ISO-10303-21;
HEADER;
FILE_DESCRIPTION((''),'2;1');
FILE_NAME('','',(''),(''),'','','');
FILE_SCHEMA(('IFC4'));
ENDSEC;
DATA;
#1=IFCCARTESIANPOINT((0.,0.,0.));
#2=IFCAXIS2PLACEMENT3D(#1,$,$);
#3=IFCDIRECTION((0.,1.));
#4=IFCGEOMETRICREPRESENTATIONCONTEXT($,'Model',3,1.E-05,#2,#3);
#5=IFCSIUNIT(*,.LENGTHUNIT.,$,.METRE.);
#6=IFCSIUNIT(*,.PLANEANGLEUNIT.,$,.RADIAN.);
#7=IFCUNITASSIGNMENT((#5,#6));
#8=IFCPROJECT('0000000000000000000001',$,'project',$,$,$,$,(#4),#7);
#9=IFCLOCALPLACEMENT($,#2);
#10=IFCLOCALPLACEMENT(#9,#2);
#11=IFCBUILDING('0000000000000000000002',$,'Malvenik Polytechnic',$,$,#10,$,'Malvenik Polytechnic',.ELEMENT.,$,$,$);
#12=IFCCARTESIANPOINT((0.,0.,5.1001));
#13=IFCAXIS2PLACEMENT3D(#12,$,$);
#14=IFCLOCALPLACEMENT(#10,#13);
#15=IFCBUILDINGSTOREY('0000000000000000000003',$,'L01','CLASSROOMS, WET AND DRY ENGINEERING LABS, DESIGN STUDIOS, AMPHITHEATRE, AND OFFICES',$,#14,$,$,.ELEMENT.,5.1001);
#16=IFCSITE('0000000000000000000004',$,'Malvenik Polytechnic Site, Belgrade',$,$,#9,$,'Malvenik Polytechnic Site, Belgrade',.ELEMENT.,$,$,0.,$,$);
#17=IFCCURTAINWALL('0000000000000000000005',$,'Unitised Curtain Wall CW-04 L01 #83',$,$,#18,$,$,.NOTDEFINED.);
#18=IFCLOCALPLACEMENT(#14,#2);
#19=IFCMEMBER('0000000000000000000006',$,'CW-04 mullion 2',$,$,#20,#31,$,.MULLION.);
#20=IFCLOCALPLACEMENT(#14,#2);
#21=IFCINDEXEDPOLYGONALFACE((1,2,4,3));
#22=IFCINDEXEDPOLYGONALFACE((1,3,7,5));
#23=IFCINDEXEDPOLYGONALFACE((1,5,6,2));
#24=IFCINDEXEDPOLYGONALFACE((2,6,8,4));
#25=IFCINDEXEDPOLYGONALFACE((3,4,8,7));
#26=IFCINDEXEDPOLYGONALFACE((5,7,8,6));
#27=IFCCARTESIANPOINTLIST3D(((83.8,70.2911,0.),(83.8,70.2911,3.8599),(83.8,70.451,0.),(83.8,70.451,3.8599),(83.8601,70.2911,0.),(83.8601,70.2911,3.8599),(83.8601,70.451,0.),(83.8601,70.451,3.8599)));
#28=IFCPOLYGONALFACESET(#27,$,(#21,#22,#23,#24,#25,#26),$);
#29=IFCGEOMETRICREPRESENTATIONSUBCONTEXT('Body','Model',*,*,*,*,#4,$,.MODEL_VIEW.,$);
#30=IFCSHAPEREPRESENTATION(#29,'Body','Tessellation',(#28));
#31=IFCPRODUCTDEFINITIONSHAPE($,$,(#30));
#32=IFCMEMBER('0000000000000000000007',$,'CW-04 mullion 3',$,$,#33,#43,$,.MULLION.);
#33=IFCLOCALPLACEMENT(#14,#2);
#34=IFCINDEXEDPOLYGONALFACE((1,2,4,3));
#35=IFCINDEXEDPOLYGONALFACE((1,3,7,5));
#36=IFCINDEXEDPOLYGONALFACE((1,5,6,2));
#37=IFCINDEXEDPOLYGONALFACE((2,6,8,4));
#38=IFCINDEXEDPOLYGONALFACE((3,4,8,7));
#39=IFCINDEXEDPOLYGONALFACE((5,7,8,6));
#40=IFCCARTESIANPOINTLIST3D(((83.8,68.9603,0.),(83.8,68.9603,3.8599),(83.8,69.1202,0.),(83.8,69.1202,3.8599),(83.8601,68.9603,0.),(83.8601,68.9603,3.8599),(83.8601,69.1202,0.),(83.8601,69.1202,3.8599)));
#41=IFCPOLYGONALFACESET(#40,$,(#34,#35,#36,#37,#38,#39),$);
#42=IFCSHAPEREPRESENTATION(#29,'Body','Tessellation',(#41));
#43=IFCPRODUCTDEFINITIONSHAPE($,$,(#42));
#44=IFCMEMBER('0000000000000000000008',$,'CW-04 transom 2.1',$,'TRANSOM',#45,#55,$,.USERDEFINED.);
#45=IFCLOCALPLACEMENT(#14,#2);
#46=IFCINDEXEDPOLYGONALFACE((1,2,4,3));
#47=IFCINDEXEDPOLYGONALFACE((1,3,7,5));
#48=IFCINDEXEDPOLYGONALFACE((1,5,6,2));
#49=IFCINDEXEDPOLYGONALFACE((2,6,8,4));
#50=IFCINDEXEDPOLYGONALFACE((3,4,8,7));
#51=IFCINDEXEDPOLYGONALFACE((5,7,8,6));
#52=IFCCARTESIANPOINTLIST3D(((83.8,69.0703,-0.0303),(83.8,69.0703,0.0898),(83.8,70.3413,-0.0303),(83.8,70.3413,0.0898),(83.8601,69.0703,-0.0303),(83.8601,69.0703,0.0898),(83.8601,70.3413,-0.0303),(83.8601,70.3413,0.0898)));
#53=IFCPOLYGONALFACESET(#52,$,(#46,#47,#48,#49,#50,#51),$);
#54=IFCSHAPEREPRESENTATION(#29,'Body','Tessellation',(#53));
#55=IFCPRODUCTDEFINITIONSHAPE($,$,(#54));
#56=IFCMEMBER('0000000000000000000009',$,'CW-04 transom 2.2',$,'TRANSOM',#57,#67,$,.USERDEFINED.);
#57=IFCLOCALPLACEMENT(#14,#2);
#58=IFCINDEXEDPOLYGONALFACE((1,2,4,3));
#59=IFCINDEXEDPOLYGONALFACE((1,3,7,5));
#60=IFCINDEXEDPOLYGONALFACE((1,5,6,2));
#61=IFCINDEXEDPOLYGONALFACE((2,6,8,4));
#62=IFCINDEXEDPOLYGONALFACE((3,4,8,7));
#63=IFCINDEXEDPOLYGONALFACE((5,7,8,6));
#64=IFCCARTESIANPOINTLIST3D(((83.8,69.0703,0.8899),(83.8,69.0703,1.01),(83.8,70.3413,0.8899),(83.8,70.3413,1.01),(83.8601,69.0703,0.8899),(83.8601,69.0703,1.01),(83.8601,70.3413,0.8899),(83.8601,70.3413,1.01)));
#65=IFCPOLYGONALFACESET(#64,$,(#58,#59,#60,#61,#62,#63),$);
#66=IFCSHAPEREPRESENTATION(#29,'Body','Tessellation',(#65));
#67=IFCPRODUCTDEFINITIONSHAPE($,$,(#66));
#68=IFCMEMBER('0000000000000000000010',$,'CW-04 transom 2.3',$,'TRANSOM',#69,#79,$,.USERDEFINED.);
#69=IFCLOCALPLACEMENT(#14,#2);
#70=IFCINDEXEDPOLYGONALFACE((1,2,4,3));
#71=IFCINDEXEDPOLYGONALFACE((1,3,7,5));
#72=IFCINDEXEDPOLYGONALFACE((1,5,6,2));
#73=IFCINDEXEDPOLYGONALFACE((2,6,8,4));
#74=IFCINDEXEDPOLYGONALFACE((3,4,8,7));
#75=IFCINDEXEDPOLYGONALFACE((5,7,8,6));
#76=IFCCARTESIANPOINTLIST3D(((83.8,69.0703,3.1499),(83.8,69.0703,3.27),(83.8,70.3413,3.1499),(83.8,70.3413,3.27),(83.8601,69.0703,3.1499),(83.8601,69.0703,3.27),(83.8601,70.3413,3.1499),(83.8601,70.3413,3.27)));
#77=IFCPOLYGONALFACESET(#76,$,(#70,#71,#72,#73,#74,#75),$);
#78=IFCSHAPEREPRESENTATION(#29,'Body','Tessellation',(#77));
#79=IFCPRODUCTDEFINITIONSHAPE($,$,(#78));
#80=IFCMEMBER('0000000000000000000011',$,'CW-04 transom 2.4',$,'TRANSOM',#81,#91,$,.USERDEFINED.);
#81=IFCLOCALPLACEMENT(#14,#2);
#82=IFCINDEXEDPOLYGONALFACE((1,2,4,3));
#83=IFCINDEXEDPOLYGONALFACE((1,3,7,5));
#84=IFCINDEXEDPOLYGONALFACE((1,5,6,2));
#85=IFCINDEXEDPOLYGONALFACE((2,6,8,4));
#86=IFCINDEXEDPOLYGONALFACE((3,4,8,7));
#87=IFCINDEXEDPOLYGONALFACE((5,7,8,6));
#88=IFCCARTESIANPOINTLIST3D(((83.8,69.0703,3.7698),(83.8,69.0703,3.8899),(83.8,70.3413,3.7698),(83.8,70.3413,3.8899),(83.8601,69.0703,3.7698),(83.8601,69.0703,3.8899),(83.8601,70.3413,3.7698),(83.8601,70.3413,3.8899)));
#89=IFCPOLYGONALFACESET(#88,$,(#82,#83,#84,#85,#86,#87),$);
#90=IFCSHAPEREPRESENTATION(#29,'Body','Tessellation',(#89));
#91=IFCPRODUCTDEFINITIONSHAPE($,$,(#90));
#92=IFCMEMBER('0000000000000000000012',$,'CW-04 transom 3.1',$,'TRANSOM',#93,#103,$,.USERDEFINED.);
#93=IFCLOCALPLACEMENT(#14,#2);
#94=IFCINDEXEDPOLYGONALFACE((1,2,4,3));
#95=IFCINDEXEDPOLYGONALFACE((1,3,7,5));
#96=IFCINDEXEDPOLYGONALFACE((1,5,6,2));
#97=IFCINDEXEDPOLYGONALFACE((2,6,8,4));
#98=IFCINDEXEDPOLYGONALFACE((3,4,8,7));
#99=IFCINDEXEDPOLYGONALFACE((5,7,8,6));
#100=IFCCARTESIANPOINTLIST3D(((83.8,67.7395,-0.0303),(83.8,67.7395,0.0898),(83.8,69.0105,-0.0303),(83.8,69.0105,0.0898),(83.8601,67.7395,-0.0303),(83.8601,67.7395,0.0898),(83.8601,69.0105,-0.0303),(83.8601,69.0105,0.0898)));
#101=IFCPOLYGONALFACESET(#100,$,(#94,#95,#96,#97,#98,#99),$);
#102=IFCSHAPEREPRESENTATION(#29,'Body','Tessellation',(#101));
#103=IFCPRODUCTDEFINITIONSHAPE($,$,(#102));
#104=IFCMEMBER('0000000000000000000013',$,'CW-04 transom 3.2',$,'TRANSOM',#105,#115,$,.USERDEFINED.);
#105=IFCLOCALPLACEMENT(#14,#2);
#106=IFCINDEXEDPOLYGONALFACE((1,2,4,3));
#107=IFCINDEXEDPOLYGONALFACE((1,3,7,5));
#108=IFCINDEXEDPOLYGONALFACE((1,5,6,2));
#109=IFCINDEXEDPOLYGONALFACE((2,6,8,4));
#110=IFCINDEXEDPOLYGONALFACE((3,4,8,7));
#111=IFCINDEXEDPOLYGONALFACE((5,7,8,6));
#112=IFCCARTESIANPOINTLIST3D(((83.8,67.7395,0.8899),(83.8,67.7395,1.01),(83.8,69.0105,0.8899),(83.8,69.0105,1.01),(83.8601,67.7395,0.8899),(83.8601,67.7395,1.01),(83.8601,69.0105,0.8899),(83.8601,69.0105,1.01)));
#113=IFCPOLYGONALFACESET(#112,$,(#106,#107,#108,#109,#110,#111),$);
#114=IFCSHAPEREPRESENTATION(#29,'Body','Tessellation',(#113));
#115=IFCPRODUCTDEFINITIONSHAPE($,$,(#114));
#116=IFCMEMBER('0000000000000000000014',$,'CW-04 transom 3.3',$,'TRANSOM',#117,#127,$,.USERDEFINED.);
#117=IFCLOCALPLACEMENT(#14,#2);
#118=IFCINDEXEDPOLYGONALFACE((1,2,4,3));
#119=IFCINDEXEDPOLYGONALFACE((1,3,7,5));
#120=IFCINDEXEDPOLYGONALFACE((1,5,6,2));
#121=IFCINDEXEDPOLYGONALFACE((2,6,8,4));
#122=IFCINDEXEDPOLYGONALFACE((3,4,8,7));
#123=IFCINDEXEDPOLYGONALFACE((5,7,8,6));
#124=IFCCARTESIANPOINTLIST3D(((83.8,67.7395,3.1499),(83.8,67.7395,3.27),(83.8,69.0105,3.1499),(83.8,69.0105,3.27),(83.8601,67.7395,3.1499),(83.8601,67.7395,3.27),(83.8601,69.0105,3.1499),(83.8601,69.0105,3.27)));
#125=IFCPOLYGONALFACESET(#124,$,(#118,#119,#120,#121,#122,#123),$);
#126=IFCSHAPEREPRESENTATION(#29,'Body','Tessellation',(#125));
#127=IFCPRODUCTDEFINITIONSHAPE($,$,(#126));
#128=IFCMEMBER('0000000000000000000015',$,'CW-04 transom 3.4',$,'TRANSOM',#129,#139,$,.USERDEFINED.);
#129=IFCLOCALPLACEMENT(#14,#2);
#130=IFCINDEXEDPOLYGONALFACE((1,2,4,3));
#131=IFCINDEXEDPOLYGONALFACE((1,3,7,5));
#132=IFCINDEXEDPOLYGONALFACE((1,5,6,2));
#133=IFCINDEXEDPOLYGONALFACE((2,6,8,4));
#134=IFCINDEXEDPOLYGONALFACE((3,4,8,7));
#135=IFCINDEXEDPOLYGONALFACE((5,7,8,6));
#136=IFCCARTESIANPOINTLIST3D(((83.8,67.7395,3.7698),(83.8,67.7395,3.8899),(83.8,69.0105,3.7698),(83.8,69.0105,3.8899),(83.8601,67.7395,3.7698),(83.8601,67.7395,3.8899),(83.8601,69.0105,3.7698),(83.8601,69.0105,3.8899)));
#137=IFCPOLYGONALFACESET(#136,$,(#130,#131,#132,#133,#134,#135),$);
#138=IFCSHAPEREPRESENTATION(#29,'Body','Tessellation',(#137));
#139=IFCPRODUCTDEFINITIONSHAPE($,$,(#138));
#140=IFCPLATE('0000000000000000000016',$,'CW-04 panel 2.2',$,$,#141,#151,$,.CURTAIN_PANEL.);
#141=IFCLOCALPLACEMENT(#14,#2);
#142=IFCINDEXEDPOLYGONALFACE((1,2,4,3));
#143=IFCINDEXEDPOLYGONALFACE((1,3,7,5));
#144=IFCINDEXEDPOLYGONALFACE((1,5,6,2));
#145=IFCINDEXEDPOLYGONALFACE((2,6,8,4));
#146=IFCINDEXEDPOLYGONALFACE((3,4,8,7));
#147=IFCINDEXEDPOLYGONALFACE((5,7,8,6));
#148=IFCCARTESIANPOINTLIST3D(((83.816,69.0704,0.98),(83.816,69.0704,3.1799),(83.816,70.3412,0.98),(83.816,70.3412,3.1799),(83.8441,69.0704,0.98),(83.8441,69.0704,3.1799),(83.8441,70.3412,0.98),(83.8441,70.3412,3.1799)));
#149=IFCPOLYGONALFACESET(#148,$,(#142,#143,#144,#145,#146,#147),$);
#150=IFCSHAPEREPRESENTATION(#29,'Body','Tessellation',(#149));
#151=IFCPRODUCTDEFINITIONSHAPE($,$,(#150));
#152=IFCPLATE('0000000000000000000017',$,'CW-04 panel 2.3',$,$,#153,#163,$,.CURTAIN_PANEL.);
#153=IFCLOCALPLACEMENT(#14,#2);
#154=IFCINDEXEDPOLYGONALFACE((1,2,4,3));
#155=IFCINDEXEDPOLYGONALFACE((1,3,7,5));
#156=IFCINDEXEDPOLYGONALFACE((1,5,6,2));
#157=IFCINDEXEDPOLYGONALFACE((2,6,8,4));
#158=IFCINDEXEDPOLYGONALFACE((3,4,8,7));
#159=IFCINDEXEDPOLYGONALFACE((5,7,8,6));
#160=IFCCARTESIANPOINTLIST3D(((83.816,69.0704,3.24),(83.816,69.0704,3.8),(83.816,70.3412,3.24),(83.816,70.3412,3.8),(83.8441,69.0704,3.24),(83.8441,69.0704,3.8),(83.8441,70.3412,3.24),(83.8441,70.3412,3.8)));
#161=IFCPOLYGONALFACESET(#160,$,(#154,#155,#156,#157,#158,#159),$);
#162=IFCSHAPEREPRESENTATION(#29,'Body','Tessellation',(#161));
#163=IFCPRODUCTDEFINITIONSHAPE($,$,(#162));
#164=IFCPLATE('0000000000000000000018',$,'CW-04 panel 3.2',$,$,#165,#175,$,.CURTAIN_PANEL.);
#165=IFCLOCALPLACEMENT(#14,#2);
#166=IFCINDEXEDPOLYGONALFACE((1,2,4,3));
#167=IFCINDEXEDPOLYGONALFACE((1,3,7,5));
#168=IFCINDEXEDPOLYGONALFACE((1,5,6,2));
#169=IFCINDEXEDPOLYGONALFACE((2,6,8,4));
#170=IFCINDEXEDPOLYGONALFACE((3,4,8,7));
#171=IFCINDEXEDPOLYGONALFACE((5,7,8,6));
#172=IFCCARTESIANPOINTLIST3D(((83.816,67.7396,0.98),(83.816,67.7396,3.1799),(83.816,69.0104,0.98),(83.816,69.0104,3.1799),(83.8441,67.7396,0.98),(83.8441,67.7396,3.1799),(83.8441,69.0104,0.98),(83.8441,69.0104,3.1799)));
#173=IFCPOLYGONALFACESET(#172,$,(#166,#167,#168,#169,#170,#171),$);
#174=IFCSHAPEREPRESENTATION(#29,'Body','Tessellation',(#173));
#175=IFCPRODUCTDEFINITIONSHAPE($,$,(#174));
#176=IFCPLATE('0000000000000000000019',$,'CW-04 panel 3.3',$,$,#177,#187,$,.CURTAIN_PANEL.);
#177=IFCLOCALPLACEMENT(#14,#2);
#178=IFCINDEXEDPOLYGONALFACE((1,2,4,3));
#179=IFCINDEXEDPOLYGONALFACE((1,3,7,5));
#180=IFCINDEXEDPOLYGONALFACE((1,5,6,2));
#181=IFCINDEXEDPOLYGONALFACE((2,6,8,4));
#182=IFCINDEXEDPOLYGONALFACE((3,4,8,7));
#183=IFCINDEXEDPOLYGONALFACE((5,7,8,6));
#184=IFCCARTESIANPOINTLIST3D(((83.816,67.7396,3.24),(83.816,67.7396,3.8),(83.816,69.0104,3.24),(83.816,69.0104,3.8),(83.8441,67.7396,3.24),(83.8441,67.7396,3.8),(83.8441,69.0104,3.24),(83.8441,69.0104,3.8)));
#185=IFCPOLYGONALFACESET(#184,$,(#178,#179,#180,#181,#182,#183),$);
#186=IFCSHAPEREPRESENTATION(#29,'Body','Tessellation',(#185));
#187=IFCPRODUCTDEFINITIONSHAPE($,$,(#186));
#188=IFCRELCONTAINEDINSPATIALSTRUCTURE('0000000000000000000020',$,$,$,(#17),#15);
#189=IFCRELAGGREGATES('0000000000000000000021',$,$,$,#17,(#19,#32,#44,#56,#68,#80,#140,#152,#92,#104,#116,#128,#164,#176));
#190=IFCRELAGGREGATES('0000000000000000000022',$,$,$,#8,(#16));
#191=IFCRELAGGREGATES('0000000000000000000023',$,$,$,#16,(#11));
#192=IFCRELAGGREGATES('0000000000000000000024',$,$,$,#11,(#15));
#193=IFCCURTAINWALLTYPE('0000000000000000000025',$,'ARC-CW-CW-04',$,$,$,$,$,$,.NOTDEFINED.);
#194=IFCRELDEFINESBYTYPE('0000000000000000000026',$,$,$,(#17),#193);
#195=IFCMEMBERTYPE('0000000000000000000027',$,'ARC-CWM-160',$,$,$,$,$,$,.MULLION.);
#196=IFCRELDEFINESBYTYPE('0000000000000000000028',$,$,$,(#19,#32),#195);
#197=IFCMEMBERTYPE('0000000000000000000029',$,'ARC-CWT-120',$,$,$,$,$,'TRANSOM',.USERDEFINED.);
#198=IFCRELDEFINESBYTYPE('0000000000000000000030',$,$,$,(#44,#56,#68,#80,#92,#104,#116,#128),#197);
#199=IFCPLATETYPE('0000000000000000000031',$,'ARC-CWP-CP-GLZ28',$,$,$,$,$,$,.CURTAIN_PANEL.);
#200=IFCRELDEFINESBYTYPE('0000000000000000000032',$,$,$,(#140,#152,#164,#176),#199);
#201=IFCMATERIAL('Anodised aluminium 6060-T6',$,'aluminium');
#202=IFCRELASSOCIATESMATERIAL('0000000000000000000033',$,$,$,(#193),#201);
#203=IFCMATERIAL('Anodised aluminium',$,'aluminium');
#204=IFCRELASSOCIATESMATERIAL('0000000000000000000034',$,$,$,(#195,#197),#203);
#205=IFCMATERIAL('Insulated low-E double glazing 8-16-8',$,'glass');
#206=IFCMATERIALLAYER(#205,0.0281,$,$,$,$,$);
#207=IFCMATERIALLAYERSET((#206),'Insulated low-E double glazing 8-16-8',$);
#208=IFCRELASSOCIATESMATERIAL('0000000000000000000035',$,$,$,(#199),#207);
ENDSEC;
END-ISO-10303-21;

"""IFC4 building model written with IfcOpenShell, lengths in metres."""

from ifc_helpers import new_model, si_unit, direction, frame, origin, origin_2d, place, context, subcontext, project, spatial, rectangle, extrude, material, layer, layer_set, material_profile, profile_set, type_object, element, aggregate, save


model = new_model("IFC4")

# Units and contexts
model_context = context("Model", 3, precision=1e-05, world=origin(), true_north=direction((0.0, 1.0)))
body_context = subcontext(model_context, "Body", "Model", "MODEL_VIEW")
ifc_project = project(units=[si_unit("LENGTHUNIT", "METRE"), si_unit("PLANEANGLEUNIT", "RADIAN")], contexts=[model_context])

# Site, building, storey
site_placement = place(None, origin())
site = spatial("IfcSite", under=ifc_project, at=site_placement, Name="Malvenik Polytechnic Site, Belgrade", LongName="Malvenik Polytechnic Site, Belgrade", CompositionType="ELEMENT", RefElevation=0.0)
building_placement = place(site_placement, origin())
building = spatial("IfcBuilding", under=site, at=building_placement, Name="Malvenik Polytechnic", LongName="Malvenik Polytechnic", CompositionType="ELEMENT")
storey_placement = place(building_placement, frame((0.0, 0.0, 5.1001)))
storey = spatial("IfcBuildingStorey", under=building, at=storey_placement, Name="L01", Description="CLASSROOMS, WET AND DRY ENGINEERING LABS, DESIGN STUDIOS, AMPHITHEATRE, AND OFFICES", CompositionType="ELEMENT", Elevation=5.1001)

# Curtain wall, members, plates
ifc_material_1 = material(Name="Anodised aluminium 6060-T6", Category="aluminium")
curtain_wall_type = type_object("IfcCurtainWallType", Name="ARC-CW-CW-04", PredefinedType="NOTDEFINED", material=ifc_material_1)
curtain_wall_placement = place(storey_placement, origin())
curtain_wall = element("IfcCurtainWall", 1, at=curtain_wall_placement, inside=storey, type_object=curtain_wall_type, Name="Unitised Curtain Wall CW-04 L01 #83", PredefinedType="NOTDEFINED")
ifc_material_2 = material(Name="Anodised aluminium", Category="aluminium")
ifc_material_profile_1 = material_profile(ifc_material_2, rectangle(XDim=0.0601, YDim=0.1599, at=origin_2d()), Name="ALU MULLION 60x160")
ifc_profile_set_1 = profile_set([ifc_material_profile_1], Name="Anodised aluminium")
member_type_1 = type_object("IfcMemberType", Name="ARC-CWM-160", PredefinedType="MULLION", material=ifc_profile_set_1)
member_1_placement = place(storey_placement, frame((83.8301, 70.3711, 0.0), z_axis=(0.0, 0.0, 1.0), x_axis=(1.0, 0.0, 0.0)))
member_1 = element("IfcMember", 2, at=member_1_placement, type_object=member_type_1, Name="CW-04 mullion 2", PredefinedType="MULLION", context=body_context, shape_type="SweptSolid", body=[
    extrude(rectangle(XDim=0.0601, YDim=0.1599, at=origin_2d()), origin(), (0.0, 0.0, 1.0), 3.8599),
])
member_2_placement = place(storey_placement, frame((83.8301, 69.0403, 0.0), z_axis=(0.0, 0.0, 1.0), x_axis=(1.0, 0.0, 0.0)))
member_2 = element("IfcMember", 3, at=member_2_placement, type_object=member_type_1, Name="CW-04 mullion 3", PredefinedType="MULLION", context=body_context, shape_type="SweptSolid", body=[
    extrude(rectangle(XDim=0.0601, YDim=0.1599, at=origin_2d()), origin(), (0.0, 0.0, 1.0), 3.8599),
])
ifc_material_profile_2 = material_profile(ifc_material_2, rectangle(XDim=0.0601, YDim=0.1201, at=origin_2d()), Name="ALU TRANSOM 60x120")
ifc_profile_set_2 = profile_set([ifc_material_profile_2], Name="Anodised aluminium")
member_type_2 = type_object("IfcMemberType", Name="ARC-CWT-120", ElementType="TRANSOM", PredefinedType="USERDEFINED", material=ifc_profile_set_2)
member_3_placement = place(storey_placement, frame((83.8301, 70.3413, 0.0298), z_axis=(0.0, -1.0, 0.0), x_axis=(1.0, 0.0, 0.0)))
member_3 = element("IfcMember", 4, at=member_3_placement, type_object=member_type_2, Name="CW-04 transom 2.1", ObjectType="TRANSOM", PredefinedType="USERDEFINED", context=body_context, shape_type="SweptSolid", body=[
    extrude(rectangle(XDim=0.0601, YDim=0.1201, at=origin_2d()), origin(), (0.0, 0.0, 1.0), 1.271),
])
member_4_placement = place(storey_placement, frame((83.8301, 70.3413, 0.95), z_axis=(0.0, -1.0, 0.0), x_axis=(1.0, 0.0, 0.0)))
member_4 = element("IfcMember", 5, at=member_4_placement, type_object=member_type_2, Name="CW-04 transom 2.2", ObjectType="TRANSOM", PredefinedType="USERDEFINED", context=body_context, shape_type="SweptSolid", body=[
    extrude(rectangle(XDim=0.0601, YDim=0.1201, at=origin_2d()), origin(), (0.0, 0.0, 1.0), 1.271),
])
member_5_placement = place(storey_placement, frame((83.8301, 70.3413, 3.21), z_axis=(0.0, -1.0, 0.0), x_axis=(1.0, 0.0, 0.0)))
member_5 = element("IfcMember", 6, at=member_5_placement, type_object=member_type_2, Name="CW-04 transom 2.3", ObjectType="TRANSOM", PredefinedType="USERDEFINED", context=body_context, shape_type="SweptSolid", body=[
    extrude(rectangle(XDim=0.0601, YDim=0.1201, at=origin_2d()), origin(), (0.0, 0.0, 1.0), 1.271),
])
member_6_placement = place(storey_placement, frame((83.8301, 70.3413, 3.8298), z_axis=(0.0, -1.0, 0.0), x_axis=(1.0, 0.0, 0.0)))
member_6 = element("IfcMember", 7, at=member_6_placement, type_object=member_type_2, Name="CW-04 transom 2.4", ObjectType="TRANSOM", PredefinedType="USERDEFINED", context=body_context, shape_type="SweptSolid", body=[
    extrude(rectangle(XDim=0.0601, YDim=0.1201, at=origin_2d()), origin(), (0.0, 0.0, 1.0), 1.271),
])
member_7_placement = place(storey_placement, frame((83.8301, 69.0105, 0.0298), z_axis=(0.0, -1.0, 0.0), x_axis=(1.0, 0.0, 0.0)))
member_7 = element("IfcMember", 8, at=member_7_placement, type_object=member_type_2, Name="CW-04 transom 3.1", ObjectType="TRANSOM", PredefinedType="USERDEFINED", context=body_context, shape_type="SweptSolid", body=[
    extrude(rectangle(XDim=0.0601, YDim=0.1201, at=origin_2d()), origin(), (0.0, 0.0, 1.0), 1.271),
])
member_8_placement = place(storey_placement, frame((83.8301, 69.0105, 0.95), z_axis=(0.0, -1.0, 0.0), x_axis=(1.0, 0.0, 0.0)))
member_8 = element("IfcMember", 9, at=member_8_placement, type_object=member_type_2, Name="CW-04 transom 3.2", ObjectType="TRANSOM", PredefinedType="USERDEFINED", context=body_context, shape_type="SweptSolid", body=[
    extrude(rectangle(XDim=0.0601, YDim=0.1201, at=origin_2d()), origin(), (0.0, 0.0, 1.0), 1.271),
])
member_9_placement = place(storey_placement, frame((83.8301, 69.0105, 3.21), z_axis=(0.0, -1.0, 0.0), x_axis=(1.0, 0.0, 0.0)))
member_9 = element("IfcMember", 10, at=member_9_placement, type_object=member_type_2, Name="CW-04 transom 3.3", ObjectType="TRANSOM", PredefinedType="USERDEFINED", context=body_context, shape_type="SweptSolid", body=[
    extrude(rectangle(XDim=0.0601, YDim=0.1201, at=origin_2d()), origin(), (0.0, 0.0, 1.0), 1.271),
])
member_10_placement = place(storey_placement, frame((83.8301, 69.0105, 3.8298), z_axis=(0.0, -1.0, 0.0), x_axis=(1.0, 0.0, 0.0)))
member_10 = element("IfcMember", 11, at=member_10_placement, type_object=member_type_2, Name="CW-04 transom 3.4", ObjectType="TRANSOM", PredefinedType="USERDEFINED", context=body_context, shape_type="SweptSolid", body=[
    extrude(rectangle(XDim=0.0601, YDim=0.1201, at=origin_2d()), origin(), (0.0, 0.0, 1.0), 1.271),
])
ifc_material_3 = material(Name="Insulated low-E double glazing 8-16-8", Category="glass")
ifc_layer_1 = layer(ifc_material_3, 0.0281)
ifc_layer_set_1 = layer_set([ifc_layer_1], Name="Insulated low-E double glazing 8-16-8")
plate_type_1 = type_object("IfcPlateType", Name="ARC-CWP-CP-GLZ28", PredefinedType="CURTAIN_PANEL", material=ifc_layer_set_1)
plate_1_placement = place(storey_placement, frame((83.8301, 69.7058, 0.98), z_axis=(0.0, 0.0, 1.0), x_axis=(0.0, -1.0, 0.0)))
plate_1 = element("IfcPlate", 12, at=plate_1_placement, type_object=plate_type_1, Name="CW-04 panel 2.2", PredefinedType="CURTAIN_PANEL", context=body_context, shape_type="SweptSolid", body=[
    extrude(rectangle(XDim=1.2708, YDim=0.0281, at=origin_2d()), origin(), (0.0, 0.0, 1.0), 2.2),
])
plate_2_placement = place(storey_placement, frame((83.8301, 69.7058, 3.24), z_axis=(0.0, 0.0, 1.0), x_axis=(0.0, -1.0, 0.0)))
plate_2 = element("IfcPlate", 13, at=plate_2_placement, type_object=plate_type_1, Name="CW-04 panel 2.3", PredefinedType="CURTAIN_PANEL", context=body_context, shape_type="SweptSolid", body=[
    extrude(rectangle(XDim=1.2708, YDim=0.0281, at=origin_2d()), origin(), (0.0, 0.0, 1.0), 0.5601),
])
plate_3_placement = place(storey_placement, frame((83.8301, 68.375, 0.98), z_axis=(0.0, 0.0, 1.0), x_axis=(0.0, -1.0, 0.0)))
plate_3 = element("IfcPlate", 14, at=plate_3_placement, type_object=plate_type_1, Name="CW-04 panel 3.2", PredefinedType="CURTAIN_PANEL", context=body_context, shape_type="SweptSolid", body=[
    extrude(rectangle(XDim=1.2708, YDim=0.0281, at=origin_2d()), origin(), (0.0, 0.0, 1.0), 2.2),
])
plate_4_placement = place(storey_placement, frame((83.8301, 68.375, 3.24), z_axis=(0.0, 0.0, 1.0), x_axis=(0.0, -1.0, 0.0)))
plate_4 = element("IfcPlate", 15, at=plate_4_placement, type_object=plate_type_1, Name="CW-04 panel 3.3", PredefinedType="CURTAIN_PANEL", context=body_context, shape_type="SweptSolid", body=[
    extrude(rectangle(XDim=1.2708, YDim=0.0281, at=origin_2d()), origin(), (0.0, 0.0, 1.0), 0.5601),
])
aggregate(curtain_wall, [member_1, member_2, member_3, member_4, member_5, member_6, plate_1, plate_2, member_7, member_8, member_9, member_10, plate_3, plate_4])

save(model, "model.ifc")
